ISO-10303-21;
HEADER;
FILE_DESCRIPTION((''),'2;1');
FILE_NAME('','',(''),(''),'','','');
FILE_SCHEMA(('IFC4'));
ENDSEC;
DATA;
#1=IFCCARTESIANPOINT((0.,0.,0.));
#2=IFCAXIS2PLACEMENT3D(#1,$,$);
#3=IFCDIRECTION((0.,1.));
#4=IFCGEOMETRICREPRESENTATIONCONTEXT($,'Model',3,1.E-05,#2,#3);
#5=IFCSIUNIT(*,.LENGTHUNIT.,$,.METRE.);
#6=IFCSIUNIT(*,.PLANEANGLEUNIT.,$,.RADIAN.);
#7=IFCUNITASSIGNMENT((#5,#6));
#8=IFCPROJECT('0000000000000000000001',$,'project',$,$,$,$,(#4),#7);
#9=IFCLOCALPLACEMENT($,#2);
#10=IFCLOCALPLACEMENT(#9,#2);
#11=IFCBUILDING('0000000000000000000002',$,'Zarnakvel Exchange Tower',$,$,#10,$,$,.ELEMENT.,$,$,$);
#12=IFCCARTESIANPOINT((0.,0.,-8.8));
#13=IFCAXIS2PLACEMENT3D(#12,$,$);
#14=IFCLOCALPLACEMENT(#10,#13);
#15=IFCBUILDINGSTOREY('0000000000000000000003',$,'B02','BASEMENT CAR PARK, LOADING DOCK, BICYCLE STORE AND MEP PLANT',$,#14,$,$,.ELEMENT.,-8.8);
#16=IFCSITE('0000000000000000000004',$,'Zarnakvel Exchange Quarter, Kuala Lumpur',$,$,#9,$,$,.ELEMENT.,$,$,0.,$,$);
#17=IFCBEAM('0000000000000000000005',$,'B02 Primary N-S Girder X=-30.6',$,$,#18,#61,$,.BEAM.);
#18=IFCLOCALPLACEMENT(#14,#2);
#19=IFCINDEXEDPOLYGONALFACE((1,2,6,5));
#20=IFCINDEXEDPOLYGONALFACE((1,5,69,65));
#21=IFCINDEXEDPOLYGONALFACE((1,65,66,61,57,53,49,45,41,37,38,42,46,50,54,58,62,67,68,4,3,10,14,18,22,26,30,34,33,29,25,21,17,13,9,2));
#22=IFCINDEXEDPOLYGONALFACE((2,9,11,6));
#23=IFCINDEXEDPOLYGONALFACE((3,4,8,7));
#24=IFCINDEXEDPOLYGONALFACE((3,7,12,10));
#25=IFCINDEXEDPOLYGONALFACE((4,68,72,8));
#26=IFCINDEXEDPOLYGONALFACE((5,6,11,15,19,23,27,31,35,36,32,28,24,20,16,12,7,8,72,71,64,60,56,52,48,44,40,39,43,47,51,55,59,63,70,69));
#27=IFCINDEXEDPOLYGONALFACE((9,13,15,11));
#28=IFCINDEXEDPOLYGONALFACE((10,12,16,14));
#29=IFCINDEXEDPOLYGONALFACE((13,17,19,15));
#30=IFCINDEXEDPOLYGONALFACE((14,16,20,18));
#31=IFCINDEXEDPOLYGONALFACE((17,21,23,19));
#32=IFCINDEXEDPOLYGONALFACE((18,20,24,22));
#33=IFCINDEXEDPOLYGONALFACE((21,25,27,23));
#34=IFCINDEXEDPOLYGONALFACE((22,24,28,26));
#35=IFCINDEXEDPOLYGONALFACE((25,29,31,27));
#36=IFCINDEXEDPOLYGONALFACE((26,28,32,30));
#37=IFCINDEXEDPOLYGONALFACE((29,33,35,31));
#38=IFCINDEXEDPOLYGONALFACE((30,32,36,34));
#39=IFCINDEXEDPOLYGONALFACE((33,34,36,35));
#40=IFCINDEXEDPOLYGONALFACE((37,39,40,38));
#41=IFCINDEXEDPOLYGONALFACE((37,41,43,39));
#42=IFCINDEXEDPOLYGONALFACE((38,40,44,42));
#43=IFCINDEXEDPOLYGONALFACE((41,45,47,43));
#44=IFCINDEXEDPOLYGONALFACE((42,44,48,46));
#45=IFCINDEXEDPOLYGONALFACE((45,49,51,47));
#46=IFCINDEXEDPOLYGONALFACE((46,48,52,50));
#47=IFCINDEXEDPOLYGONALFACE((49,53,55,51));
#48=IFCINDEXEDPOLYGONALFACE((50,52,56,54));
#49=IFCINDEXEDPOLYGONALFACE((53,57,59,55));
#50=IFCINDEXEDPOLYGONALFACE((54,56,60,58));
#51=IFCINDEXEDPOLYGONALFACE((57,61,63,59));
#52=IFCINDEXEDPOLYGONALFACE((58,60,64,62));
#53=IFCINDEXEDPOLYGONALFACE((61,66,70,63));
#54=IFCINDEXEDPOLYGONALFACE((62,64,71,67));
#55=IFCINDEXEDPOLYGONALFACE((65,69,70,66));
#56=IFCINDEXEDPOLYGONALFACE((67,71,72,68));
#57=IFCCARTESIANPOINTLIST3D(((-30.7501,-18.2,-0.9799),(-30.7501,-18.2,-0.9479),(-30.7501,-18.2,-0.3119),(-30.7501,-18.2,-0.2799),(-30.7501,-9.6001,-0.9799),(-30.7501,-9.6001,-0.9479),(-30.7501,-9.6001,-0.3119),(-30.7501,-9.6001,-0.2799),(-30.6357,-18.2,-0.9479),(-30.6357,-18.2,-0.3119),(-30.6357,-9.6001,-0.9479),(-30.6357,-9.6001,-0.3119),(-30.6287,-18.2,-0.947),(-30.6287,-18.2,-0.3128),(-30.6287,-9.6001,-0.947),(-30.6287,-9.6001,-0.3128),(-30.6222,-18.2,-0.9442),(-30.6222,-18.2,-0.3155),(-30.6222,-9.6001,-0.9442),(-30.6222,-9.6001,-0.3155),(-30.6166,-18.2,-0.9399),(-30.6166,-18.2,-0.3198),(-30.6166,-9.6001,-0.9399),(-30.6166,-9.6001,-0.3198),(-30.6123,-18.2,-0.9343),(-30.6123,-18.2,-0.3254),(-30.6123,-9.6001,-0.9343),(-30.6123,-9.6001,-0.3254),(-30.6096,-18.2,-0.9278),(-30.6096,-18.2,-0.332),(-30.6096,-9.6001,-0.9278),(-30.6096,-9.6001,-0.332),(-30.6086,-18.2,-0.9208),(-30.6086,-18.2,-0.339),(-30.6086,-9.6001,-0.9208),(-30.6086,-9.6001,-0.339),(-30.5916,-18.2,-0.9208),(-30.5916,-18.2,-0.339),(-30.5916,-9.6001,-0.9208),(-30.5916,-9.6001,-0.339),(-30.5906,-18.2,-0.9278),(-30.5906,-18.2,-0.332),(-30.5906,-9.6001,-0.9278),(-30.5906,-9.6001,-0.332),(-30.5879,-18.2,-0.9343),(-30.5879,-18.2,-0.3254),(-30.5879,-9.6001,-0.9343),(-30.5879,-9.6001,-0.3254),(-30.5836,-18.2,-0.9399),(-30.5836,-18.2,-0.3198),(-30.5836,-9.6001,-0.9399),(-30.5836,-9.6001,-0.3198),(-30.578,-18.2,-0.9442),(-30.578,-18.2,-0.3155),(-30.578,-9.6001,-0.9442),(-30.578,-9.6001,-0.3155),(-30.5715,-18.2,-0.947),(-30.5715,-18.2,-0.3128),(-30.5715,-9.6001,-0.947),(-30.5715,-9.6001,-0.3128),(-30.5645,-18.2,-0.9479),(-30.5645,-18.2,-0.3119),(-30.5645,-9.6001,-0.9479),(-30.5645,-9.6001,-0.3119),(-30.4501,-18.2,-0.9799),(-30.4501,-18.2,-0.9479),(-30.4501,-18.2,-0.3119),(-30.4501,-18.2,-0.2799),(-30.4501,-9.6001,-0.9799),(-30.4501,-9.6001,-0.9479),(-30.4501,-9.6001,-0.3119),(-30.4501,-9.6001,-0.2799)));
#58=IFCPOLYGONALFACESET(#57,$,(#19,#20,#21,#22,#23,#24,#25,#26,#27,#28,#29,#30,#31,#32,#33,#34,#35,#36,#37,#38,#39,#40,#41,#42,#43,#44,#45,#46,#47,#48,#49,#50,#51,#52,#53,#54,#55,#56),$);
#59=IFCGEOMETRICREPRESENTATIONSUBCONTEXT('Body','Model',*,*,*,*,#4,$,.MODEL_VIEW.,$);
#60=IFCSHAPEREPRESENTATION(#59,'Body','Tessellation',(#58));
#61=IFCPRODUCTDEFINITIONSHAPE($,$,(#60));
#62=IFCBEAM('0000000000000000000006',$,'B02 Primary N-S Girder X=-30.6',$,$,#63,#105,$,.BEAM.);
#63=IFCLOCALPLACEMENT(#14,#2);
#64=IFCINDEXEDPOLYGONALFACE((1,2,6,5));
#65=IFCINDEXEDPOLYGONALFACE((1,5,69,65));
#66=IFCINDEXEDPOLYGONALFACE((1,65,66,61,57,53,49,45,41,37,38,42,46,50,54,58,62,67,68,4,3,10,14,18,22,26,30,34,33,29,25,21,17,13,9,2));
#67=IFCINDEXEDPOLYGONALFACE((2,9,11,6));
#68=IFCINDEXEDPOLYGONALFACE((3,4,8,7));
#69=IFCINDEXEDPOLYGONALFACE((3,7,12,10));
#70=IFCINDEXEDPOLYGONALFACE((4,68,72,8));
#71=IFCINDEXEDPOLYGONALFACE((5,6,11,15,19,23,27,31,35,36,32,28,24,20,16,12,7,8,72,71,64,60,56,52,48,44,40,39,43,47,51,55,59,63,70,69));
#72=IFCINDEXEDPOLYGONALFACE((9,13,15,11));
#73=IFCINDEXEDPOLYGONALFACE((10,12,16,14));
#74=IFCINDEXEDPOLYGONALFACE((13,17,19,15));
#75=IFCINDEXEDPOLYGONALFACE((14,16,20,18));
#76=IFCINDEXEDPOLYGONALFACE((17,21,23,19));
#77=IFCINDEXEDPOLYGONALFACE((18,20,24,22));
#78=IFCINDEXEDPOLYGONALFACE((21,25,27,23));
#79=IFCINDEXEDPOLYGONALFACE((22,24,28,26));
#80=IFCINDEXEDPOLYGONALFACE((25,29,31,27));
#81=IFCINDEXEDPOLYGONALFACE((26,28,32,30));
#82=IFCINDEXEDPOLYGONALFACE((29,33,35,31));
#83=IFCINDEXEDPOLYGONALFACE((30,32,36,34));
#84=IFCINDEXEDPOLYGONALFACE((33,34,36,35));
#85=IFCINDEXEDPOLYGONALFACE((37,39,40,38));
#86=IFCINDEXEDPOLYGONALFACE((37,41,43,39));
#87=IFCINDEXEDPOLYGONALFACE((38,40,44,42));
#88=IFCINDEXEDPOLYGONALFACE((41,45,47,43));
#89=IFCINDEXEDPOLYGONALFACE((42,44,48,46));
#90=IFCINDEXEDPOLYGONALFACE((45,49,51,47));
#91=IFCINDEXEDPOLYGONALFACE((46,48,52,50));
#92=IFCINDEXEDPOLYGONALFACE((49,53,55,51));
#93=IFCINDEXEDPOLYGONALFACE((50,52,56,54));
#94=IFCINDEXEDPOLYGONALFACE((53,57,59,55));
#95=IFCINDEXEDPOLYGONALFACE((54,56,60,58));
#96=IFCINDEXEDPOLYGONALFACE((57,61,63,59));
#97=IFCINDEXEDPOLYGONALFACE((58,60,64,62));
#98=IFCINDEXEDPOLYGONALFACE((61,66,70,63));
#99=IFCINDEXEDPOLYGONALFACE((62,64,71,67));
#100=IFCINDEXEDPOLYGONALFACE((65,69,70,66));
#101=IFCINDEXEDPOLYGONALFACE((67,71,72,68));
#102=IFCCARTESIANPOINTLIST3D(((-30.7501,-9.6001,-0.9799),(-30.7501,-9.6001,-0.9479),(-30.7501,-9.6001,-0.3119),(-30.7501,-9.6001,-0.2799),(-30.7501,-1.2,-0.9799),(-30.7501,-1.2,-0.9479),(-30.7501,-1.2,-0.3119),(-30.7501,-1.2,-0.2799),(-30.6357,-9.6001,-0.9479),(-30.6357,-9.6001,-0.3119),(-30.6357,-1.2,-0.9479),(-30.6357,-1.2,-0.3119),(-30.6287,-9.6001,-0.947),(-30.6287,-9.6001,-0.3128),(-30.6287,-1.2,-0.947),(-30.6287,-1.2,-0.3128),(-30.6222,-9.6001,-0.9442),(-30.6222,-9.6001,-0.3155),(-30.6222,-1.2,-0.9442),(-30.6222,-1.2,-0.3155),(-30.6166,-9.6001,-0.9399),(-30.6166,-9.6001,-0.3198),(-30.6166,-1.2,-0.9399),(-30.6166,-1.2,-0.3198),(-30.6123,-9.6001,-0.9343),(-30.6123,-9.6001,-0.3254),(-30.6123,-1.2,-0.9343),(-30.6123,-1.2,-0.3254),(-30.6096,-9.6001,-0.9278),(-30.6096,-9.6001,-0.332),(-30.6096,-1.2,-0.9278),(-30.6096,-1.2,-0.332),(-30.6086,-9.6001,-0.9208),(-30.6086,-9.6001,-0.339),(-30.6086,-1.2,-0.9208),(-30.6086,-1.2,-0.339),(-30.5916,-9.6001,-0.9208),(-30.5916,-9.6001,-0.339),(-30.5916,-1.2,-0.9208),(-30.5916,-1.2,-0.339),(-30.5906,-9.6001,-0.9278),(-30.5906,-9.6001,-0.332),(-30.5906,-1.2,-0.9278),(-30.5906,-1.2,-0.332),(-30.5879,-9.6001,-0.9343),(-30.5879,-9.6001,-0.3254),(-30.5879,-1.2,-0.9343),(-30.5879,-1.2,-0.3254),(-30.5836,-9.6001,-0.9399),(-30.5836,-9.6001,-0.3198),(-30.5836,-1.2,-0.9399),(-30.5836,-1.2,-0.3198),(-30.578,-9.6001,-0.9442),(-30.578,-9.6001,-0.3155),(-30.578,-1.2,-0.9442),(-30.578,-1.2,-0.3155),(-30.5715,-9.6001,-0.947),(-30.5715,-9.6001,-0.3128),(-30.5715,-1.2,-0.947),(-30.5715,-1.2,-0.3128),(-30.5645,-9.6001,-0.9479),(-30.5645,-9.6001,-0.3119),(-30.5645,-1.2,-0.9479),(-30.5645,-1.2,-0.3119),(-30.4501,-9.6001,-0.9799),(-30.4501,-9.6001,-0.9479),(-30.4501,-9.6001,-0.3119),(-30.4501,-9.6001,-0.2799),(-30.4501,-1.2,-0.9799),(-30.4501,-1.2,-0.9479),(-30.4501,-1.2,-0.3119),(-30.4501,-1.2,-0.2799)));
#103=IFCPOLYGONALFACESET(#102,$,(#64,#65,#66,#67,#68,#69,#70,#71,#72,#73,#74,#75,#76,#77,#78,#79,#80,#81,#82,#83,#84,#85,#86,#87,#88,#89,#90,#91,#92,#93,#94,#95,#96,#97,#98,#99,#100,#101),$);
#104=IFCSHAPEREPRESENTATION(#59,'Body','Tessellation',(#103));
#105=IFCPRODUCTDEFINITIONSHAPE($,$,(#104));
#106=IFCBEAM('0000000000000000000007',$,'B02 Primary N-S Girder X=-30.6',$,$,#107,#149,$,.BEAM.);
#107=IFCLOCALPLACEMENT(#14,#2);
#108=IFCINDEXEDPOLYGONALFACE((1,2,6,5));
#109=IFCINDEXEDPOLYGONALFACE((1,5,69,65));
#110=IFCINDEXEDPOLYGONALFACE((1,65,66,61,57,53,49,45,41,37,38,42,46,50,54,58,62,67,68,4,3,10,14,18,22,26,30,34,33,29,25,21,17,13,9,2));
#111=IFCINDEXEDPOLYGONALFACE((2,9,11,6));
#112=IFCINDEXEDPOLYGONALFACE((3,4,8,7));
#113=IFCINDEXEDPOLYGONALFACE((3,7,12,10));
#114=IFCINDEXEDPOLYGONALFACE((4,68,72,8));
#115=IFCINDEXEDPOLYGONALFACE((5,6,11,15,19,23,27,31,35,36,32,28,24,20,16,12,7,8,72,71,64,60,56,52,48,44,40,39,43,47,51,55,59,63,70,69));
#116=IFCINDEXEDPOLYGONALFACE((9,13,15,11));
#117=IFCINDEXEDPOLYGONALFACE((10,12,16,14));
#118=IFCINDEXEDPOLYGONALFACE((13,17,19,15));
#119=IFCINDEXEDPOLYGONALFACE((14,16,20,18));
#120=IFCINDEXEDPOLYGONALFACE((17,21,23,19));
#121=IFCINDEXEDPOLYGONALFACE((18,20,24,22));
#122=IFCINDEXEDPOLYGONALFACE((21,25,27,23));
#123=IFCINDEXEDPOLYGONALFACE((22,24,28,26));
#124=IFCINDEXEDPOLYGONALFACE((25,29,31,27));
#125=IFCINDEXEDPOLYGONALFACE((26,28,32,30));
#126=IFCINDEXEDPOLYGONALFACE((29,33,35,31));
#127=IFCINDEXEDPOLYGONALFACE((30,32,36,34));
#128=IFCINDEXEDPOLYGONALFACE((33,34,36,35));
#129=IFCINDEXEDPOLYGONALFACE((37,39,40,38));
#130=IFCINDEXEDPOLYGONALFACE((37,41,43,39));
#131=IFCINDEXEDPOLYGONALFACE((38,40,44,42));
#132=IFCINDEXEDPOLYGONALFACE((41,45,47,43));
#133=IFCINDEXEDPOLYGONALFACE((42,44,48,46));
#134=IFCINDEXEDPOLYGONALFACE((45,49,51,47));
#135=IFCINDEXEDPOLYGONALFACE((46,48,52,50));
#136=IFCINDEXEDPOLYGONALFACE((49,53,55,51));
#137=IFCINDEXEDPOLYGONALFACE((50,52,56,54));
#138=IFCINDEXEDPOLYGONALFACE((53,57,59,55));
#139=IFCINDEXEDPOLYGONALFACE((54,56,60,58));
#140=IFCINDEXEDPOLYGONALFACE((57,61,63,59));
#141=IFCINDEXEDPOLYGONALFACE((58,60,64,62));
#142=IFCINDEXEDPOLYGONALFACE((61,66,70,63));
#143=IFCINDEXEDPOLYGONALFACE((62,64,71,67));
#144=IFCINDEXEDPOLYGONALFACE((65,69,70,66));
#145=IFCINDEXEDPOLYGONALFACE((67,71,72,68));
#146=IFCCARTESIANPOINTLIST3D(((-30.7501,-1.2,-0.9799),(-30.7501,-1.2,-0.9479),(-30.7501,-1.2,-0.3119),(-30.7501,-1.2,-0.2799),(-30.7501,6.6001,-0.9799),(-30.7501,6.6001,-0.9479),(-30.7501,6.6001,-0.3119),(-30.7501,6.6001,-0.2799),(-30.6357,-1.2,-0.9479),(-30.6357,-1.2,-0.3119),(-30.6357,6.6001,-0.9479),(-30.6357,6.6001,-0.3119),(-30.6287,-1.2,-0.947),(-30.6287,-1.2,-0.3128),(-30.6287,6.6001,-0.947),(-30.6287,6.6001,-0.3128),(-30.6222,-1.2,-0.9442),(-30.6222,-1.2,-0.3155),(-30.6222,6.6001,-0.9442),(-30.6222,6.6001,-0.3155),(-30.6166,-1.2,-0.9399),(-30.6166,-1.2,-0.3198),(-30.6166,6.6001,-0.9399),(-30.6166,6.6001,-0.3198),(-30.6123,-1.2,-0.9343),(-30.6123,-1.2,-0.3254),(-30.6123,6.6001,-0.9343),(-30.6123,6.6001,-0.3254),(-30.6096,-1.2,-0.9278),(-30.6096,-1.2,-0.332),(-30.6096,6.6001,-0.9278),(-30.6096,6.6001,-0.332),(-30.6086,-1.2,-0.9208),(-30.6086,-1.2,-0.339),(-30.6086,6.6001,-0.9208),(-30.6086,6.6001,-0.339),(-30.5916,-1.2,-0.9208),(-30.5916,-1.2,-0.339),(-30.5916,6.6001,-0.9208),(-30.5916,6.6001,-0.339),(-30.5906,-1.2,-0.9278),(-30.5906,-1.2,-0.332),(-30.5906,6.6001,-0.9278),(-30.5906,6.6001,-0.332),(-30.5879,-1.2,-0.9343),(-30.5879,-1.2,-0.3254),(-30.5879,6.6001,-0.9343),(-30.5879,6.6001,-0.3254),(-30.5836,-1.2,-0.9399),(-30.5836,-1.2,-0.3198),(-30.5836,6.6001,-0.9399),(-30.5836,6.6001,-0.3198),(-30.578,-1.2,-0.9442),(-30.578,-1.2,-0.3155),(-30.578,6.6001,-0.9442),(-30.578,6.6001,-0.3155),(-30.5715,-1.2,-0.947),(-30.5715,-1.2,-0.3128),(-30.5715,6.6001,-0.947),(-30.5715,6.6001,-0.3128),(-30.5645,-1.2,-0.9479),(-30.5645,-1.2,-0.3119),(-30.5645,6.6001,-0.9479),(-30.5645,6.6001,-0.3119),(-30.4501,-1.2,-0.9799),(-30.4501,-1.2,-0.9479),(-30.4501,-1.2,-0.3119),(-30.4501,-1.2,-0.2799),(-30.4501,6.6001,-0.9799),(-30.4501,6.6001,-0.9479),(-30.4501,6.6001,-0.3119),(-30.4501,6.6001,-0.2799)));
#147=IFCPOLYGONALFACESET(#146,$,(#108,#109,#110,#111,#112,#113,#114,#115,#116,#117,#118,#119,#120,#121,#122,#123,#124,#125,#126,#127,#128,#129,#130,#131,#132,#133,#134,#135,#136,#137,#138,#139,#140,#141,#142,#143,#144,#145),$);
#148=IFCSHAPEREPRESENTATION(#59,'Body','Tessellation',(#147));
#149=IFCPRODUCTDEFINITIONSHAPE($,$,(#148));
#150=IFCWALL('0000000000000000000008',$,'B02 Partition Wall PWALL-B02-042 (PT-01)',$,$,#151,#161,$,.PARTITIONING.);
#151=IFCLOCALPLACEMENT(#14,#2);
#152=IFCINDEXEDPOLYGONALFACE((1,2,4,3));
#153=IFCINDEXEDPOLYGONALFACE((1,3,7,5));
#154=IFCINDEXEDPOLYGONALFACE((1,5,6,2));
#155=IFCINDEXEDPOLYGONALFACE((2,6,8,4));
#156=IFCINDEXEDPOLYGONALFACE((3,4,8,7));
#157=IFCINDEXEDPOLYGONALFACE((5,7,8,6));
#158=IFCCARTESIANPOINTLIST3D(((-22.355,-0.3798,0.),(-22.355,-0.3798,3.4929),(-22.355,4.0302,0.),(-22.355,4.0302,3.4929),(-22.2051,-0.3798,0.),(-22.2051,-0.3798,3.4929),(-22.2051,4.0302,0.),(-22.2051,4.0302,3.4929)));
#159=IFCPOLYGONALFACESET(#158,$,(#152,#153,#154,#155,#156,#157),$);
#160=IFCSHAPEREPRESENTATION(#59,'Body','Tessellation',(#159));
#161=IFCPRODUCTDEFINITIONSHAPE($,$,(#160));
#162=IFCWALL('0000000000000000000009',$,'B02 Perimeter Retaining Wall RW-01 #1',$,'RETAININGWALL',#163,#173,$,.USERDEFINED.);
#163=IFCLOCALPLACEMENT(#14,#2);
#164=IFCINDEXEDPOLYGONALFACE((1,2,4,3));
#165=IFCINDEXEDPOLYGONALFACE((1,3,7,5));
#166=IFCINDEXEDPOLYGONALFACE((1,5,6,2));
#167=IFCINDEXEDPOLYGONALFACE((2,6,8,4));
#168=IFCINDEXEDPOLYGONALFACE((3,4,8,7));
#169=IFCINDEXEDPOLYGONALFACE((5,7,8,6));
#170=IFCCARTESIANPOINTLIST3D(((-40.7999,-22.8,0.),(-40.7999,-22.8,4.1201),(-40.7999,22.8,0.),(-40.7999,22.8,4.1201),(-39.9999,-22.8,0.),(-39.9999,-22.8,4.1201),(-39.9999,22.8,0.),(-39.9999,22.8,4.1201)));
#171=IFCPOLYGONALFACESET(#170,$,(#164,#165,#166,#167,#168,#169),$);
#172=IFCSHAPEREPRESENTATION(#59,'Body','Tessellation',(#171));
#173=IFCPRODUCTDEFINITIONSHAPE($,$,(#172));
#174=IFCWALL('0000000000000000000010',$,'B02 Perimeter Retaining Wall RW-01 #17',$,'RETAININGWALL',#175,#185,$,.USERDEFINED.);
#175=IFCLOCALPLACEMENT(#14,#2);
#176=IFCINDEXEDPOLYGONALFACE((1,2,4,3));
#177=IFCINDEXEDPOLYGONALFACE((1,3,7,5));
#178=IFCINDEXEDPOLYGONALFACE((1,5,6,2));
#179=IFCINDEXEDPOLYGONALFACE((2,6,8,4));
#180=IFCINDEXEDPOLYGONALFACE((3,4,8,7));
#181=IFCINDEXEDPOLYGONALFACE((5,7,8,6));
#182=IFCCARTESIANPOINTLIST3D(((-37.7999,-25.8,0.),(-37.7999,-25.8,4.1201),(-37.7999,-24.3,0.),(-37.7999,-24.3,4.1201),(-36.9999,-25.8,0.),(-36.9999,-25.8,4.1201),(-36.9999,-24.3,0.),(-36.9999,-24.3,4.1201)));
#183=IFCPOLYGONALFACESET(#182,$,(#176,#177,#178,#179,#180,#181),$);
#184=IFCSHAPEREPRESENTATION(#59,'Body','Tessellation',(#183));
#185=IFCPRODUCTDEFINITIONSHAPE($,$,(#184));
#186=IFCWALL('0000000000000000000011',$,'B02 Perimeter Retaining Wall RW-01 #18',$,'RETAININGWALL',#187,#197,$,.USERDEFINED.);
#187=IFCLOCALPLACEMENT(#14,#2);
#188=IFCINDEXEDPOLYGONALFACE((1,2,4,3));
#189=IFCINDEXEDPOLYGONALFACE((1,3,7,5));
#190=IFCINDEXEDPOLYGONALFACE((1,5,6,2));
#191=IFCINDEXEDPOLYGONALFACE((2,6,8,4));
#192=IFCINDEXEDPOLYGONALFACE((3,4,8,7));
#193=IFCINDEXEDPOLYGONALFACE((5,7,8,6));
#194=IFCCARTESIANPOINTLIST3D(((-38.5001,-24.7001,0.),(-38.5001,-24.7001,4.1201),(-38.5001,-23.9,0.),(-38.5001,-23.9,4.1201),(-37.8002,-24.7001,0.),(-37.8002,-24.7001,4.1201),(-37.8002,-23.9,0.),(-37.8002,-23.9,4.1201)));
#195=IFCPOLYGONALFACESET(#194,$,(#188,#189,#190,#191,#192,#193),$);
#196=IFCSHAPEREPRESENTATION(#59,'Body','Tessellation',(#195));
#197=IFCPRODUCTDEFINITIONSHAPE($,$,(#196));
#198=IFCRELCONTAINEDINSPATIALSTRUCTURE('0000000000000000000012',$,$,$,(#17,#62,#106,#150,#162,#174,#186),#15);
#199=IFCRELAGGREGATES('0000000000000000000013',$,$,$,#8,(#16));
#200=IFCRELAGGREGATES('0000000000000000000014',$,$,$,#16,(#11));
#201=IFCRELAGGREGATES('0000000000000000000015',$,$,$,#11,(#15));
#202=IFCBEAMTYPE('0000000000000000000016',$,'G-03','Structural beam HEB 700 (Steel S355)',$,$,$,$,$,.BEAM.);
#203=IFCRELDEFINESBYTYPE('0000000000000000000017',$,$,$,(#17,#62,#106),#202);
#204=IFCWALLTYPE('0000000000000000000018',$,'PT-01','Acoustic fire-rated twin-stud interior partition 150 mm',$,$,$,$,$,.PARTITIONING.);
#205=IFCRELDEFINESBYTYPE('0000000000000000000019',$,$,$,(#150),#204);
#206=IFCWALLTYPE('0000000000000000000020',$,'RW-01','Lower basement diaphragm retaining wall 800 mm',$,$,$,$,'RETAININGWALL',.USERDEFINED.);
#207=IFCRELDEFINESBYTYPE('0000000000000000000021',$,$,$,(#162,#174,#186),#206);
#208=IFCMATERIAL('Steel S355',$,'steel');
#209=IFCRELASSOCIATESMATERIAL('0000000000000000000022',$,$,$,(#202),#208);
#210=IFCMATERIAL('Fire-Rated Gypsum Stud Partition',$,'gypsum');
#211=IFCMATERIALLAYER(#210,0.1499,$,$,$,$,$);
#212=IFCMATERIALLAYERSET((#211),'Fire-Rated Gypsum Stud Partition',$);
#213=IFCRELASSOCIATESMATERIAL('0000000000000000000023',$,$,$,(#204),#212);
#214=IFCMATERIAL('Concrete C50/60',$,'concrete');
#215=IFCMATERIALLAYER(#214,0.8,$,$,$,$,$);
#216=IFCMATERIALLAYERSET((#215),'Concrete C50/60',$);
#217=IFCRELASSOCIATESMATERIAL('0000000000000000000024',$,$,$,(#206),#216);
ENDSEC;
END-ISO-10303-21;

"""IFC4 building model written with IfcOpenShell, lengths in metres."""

from ifc_helpers import new_model, si_unit, direction, frame, frame_2d, origin, origin_2d, place, context, subcontext, project, spatial, rectangle, i_section, extrude, material, layer, layer_set, material_profile, profile_set, type_object, element, save


model = new_model("IFC4")

# Units and contexts
model_context = context("Model", 3, precision=1e-05, world=origin(), true_north=direction((0.0, 1.0)))
body_context = subcontext(model_context, "Body", "Model", "MODEL_VIEW")
ifc_project = project(units=[si_unit("LENGTHUNIT", "METRE"), si_unit("PLANEANGLEUNIT", "RADIAN")], contexts=[model_context])

# Site, building, storey
site_placement = place(None, origin())
site = spatial("IfcSite", under=ifc_project, at=site_placement, Name="Zarnakvel Exchange Quarter, Kuala Lumpur", CompositionType="ELEMENT", RefElevation=0.0)
building_placement = place(site_placement, origin())
building = spatial("IfcBuilding", under=site, at=building_placement, Name="Zarnakvel Exchange Tower", CompositionType="ELEMENT")
storey_placement = place(building_placement, frame((0.0, 0.0, -8.8)))
storey = spatial("IfcBuildingStorey", under=building, at=storey_placement, Name="B02", Description="BASEMENT CAR PARK, LOADING DOCK, BICYCLE STORE AND MEP PLANT", CompositionType="ELEMENT", Elevation=-8.8)

# Beams
ifc_material_1 = material(Name="Steel S355", Category="steel")
ifc_material_profile_1 = material_profile(ifc_material_1, i_section(OverallWidth=0.3, OverallDepth=0.7, WebThickness=0.0171, FlangeThickness=0.032, FilletRadius=0.0271, at=origin_2d()))
ifc_profile_set_1 = profile_set([ifc_material_profile_1], Name="Steel S355")
beam_type_1 = type_object("IfcBeamType", Name="G-03", Description="Structural beam HEB 700 (Steel S355)", PredefinedType="BEAM", material=ifc_profile_set_1)
beam_1_placement = place(storey_placement, frame((-30.6001, -18.2, -0.6299), z_axis=(0.0, 1.0, 0.0), x_axis=(-1.0, 0.0, 0.0)))
element("IfcBeam", 1, at=beam_1_placement, inside=storey, type_object=beam_type_1, Name="B02 Primary N-S Girder X=-30.6", PredefinedType="BEAM", context=body_context, shape_type="SweptSolid", body=[
    extrude(i_section(OverallWidth=0.3, OverallDepth=0.7, WebThickness=0.0171, FlangeThickness=0.032, FilletRadius=0.0271, at=origin_2d()), origin(), (0.0, 0.0, 1.0), 8.5999),
])
beam_2_placement = place(storey_placement, frame((-30.6001, -9.6001, -0.6299), z_axis=(0.0, 1.0, 0.0), x_axis=(-1.0, 0.0, 0.0)))
element("IfcBeam", 2, at=beam_2_placement, inside=storey, type_object=beam_type_1, Name="B02 Primary N-S Girder X=-30.6", PredefinedType="BEAM", context=body_context, shape_type="SweptSolid", body=[
    extrude(i_section(OverallWidth=0.3, OverallDepth=0.7, WebThickness=0.0171, FlangeThickness=0.032, FilletRadius=0.0271, at=origin_2d()), origin(), (0.0, 0.0, 1.0), 8.4001),
])
beam_3_placement = place(storey_placement, frame((-30.6001, -1.2, -0.6299), z_axis=(0.0, 1.0, 0.0), x_axis=(-1.0, 0.0, 0.0)))
element("IfcBeam", 3, at=beam_3_placement, inside=storey, type_object=beam_type_1, Name="B02 Primary N-S Girder X=-30.6", PredefinedType="BEAM", context=body_context, shape_type="SweptSolid", body=[
    extrude(i_section(OverallWidth=0.3, OverallDepth=0.7, WebThickness=0.0171, FlangeThickness=0.032, FilletRadius=0.0271, at=origin_2d()), origin(), (0.0, 0.0, 1.0), 7.8),
])

# Walls
ifc_material_2 = material(Name="Fire-Rated Gypsum Stud Partition", Category="gypsum")
ifc_layer_1 = layer(ifc_material_2, 0.1499)
ifc_layer_set_1 = layer_set([ifc_layer_1], Name="Fire-Rated Gypsum Stud Partition")
wall_type_1 = type_object("IfcWallType", Name="PT-01", Description="Acoustic fire-rated twin-stud interior partition 150 mm", PredefinedType="PARTITIONING", material=ifc_layer_set_1)
wall_1_placement = place(storey_placement, frame((-22.28, -0.3799, 0.0), z_axis=(0.0, 0.0, 1.0), x_axis=(0.0, 1.0, 0.0)))
element("IfcWall", 4, at=wall_1_placement, inside=storey, type_object=wall_type_1, Name="B02 Partition Wall PWALL-B02-042 (PT-01)", PredefinedType="PARTITIONING", context=body_context, shape_type="SweptSolid", body=[
    extrude(rectangle(XDim=4.4099, YDim=0.1499, at=frame_2d((2.2051, 0.0))), origin(), (0.0, 0.0, 1.0), 3.4929),
])
ifc_material_3 = material(Name="Concrete C50/60", Category="concrete")
ifc_layer_2 = layer(ifc_material_3, 0.8)
ifc_layer_set_2 = layer_set([ifc_layer_2], Name="Concrete C50/60")
wall_type_2 = type_object("IfcWallType", Name="RW-01", Description="Lower basement diaphragm retaining wall 800 mm", ElementType="RETAININGWALL", PredefinedType="USERDEFINED", material=ifc_layer_set_2)
wall_2_placement = place(storey_placement, frame((-40.3999, -22.8, 0.0), z_axis=(0.0, 0.0, 1.0), x_axis=(0.0, 1.0, 0.0)))
element("IfcWall", 5, at=wall_2_placement, inside=storey, type_object=wall_type_2, Name="B02 Perimeter Retaining Wall RW-01 #1", ObjectType="RETAININGWALL", PredefinedType="USERDEFINED", context=body_context, shape_type="SweptSolid", body=[
    extrude(rectangle(XDim=45.6001, YDim=0.8, at=frame_2d((22.8, 0.0))), origin(), (0.0, 0.0, 1.0), 4.1201),
])
wall_3_placement = place(storey_placement, frame((-37.3999, -25.8, 0.0), z_axis=(0.0, 0.0, 1.0), x_axis=(0.0, 1.0, 0.0)))
element("IfcWall", 6, at=wall_3_placement, inside=storey, type_object=wall_type_2, Name="B02 Perimeter Retaining Wall RW-01 #17", ObjectType="RETAININGWALL", PredefinedType="USERDEFINED", context=body_context, shape_type="SweptSolid", body=[
    extrude(rectangle(XDim=1.5, YDim=0.8, at=frame_2d((0.75, 0.0))), origin(), (0.0, 0.0, 1.0), 4.1201),
])
wall_4_placement = place(storey_placement, frame((-37.8, -24.3, 0.0), z_axis=(0.0, 0.0, 1.0), x_axis=(-1.0, 0.0, 0.0)))
element("IfcWall", 7, at=wall_4_placement, inside=storey, type_object=wall_type_2, Name="B02 Perimeter Retaining Wall RW-01 #18", ObjectType="RETAININGWALL", PredefinedType="USERDEFINED", context=body_context, shape_type="SweptSolid", body=[
    extrude(rectangle(XDim=0.7, YDim=0.8, at=frame_2d((0.3501, 0.0))), origin(), (0.0, 0.0, 1.0), 4.1201),
])

save(model, "model.ifc")
